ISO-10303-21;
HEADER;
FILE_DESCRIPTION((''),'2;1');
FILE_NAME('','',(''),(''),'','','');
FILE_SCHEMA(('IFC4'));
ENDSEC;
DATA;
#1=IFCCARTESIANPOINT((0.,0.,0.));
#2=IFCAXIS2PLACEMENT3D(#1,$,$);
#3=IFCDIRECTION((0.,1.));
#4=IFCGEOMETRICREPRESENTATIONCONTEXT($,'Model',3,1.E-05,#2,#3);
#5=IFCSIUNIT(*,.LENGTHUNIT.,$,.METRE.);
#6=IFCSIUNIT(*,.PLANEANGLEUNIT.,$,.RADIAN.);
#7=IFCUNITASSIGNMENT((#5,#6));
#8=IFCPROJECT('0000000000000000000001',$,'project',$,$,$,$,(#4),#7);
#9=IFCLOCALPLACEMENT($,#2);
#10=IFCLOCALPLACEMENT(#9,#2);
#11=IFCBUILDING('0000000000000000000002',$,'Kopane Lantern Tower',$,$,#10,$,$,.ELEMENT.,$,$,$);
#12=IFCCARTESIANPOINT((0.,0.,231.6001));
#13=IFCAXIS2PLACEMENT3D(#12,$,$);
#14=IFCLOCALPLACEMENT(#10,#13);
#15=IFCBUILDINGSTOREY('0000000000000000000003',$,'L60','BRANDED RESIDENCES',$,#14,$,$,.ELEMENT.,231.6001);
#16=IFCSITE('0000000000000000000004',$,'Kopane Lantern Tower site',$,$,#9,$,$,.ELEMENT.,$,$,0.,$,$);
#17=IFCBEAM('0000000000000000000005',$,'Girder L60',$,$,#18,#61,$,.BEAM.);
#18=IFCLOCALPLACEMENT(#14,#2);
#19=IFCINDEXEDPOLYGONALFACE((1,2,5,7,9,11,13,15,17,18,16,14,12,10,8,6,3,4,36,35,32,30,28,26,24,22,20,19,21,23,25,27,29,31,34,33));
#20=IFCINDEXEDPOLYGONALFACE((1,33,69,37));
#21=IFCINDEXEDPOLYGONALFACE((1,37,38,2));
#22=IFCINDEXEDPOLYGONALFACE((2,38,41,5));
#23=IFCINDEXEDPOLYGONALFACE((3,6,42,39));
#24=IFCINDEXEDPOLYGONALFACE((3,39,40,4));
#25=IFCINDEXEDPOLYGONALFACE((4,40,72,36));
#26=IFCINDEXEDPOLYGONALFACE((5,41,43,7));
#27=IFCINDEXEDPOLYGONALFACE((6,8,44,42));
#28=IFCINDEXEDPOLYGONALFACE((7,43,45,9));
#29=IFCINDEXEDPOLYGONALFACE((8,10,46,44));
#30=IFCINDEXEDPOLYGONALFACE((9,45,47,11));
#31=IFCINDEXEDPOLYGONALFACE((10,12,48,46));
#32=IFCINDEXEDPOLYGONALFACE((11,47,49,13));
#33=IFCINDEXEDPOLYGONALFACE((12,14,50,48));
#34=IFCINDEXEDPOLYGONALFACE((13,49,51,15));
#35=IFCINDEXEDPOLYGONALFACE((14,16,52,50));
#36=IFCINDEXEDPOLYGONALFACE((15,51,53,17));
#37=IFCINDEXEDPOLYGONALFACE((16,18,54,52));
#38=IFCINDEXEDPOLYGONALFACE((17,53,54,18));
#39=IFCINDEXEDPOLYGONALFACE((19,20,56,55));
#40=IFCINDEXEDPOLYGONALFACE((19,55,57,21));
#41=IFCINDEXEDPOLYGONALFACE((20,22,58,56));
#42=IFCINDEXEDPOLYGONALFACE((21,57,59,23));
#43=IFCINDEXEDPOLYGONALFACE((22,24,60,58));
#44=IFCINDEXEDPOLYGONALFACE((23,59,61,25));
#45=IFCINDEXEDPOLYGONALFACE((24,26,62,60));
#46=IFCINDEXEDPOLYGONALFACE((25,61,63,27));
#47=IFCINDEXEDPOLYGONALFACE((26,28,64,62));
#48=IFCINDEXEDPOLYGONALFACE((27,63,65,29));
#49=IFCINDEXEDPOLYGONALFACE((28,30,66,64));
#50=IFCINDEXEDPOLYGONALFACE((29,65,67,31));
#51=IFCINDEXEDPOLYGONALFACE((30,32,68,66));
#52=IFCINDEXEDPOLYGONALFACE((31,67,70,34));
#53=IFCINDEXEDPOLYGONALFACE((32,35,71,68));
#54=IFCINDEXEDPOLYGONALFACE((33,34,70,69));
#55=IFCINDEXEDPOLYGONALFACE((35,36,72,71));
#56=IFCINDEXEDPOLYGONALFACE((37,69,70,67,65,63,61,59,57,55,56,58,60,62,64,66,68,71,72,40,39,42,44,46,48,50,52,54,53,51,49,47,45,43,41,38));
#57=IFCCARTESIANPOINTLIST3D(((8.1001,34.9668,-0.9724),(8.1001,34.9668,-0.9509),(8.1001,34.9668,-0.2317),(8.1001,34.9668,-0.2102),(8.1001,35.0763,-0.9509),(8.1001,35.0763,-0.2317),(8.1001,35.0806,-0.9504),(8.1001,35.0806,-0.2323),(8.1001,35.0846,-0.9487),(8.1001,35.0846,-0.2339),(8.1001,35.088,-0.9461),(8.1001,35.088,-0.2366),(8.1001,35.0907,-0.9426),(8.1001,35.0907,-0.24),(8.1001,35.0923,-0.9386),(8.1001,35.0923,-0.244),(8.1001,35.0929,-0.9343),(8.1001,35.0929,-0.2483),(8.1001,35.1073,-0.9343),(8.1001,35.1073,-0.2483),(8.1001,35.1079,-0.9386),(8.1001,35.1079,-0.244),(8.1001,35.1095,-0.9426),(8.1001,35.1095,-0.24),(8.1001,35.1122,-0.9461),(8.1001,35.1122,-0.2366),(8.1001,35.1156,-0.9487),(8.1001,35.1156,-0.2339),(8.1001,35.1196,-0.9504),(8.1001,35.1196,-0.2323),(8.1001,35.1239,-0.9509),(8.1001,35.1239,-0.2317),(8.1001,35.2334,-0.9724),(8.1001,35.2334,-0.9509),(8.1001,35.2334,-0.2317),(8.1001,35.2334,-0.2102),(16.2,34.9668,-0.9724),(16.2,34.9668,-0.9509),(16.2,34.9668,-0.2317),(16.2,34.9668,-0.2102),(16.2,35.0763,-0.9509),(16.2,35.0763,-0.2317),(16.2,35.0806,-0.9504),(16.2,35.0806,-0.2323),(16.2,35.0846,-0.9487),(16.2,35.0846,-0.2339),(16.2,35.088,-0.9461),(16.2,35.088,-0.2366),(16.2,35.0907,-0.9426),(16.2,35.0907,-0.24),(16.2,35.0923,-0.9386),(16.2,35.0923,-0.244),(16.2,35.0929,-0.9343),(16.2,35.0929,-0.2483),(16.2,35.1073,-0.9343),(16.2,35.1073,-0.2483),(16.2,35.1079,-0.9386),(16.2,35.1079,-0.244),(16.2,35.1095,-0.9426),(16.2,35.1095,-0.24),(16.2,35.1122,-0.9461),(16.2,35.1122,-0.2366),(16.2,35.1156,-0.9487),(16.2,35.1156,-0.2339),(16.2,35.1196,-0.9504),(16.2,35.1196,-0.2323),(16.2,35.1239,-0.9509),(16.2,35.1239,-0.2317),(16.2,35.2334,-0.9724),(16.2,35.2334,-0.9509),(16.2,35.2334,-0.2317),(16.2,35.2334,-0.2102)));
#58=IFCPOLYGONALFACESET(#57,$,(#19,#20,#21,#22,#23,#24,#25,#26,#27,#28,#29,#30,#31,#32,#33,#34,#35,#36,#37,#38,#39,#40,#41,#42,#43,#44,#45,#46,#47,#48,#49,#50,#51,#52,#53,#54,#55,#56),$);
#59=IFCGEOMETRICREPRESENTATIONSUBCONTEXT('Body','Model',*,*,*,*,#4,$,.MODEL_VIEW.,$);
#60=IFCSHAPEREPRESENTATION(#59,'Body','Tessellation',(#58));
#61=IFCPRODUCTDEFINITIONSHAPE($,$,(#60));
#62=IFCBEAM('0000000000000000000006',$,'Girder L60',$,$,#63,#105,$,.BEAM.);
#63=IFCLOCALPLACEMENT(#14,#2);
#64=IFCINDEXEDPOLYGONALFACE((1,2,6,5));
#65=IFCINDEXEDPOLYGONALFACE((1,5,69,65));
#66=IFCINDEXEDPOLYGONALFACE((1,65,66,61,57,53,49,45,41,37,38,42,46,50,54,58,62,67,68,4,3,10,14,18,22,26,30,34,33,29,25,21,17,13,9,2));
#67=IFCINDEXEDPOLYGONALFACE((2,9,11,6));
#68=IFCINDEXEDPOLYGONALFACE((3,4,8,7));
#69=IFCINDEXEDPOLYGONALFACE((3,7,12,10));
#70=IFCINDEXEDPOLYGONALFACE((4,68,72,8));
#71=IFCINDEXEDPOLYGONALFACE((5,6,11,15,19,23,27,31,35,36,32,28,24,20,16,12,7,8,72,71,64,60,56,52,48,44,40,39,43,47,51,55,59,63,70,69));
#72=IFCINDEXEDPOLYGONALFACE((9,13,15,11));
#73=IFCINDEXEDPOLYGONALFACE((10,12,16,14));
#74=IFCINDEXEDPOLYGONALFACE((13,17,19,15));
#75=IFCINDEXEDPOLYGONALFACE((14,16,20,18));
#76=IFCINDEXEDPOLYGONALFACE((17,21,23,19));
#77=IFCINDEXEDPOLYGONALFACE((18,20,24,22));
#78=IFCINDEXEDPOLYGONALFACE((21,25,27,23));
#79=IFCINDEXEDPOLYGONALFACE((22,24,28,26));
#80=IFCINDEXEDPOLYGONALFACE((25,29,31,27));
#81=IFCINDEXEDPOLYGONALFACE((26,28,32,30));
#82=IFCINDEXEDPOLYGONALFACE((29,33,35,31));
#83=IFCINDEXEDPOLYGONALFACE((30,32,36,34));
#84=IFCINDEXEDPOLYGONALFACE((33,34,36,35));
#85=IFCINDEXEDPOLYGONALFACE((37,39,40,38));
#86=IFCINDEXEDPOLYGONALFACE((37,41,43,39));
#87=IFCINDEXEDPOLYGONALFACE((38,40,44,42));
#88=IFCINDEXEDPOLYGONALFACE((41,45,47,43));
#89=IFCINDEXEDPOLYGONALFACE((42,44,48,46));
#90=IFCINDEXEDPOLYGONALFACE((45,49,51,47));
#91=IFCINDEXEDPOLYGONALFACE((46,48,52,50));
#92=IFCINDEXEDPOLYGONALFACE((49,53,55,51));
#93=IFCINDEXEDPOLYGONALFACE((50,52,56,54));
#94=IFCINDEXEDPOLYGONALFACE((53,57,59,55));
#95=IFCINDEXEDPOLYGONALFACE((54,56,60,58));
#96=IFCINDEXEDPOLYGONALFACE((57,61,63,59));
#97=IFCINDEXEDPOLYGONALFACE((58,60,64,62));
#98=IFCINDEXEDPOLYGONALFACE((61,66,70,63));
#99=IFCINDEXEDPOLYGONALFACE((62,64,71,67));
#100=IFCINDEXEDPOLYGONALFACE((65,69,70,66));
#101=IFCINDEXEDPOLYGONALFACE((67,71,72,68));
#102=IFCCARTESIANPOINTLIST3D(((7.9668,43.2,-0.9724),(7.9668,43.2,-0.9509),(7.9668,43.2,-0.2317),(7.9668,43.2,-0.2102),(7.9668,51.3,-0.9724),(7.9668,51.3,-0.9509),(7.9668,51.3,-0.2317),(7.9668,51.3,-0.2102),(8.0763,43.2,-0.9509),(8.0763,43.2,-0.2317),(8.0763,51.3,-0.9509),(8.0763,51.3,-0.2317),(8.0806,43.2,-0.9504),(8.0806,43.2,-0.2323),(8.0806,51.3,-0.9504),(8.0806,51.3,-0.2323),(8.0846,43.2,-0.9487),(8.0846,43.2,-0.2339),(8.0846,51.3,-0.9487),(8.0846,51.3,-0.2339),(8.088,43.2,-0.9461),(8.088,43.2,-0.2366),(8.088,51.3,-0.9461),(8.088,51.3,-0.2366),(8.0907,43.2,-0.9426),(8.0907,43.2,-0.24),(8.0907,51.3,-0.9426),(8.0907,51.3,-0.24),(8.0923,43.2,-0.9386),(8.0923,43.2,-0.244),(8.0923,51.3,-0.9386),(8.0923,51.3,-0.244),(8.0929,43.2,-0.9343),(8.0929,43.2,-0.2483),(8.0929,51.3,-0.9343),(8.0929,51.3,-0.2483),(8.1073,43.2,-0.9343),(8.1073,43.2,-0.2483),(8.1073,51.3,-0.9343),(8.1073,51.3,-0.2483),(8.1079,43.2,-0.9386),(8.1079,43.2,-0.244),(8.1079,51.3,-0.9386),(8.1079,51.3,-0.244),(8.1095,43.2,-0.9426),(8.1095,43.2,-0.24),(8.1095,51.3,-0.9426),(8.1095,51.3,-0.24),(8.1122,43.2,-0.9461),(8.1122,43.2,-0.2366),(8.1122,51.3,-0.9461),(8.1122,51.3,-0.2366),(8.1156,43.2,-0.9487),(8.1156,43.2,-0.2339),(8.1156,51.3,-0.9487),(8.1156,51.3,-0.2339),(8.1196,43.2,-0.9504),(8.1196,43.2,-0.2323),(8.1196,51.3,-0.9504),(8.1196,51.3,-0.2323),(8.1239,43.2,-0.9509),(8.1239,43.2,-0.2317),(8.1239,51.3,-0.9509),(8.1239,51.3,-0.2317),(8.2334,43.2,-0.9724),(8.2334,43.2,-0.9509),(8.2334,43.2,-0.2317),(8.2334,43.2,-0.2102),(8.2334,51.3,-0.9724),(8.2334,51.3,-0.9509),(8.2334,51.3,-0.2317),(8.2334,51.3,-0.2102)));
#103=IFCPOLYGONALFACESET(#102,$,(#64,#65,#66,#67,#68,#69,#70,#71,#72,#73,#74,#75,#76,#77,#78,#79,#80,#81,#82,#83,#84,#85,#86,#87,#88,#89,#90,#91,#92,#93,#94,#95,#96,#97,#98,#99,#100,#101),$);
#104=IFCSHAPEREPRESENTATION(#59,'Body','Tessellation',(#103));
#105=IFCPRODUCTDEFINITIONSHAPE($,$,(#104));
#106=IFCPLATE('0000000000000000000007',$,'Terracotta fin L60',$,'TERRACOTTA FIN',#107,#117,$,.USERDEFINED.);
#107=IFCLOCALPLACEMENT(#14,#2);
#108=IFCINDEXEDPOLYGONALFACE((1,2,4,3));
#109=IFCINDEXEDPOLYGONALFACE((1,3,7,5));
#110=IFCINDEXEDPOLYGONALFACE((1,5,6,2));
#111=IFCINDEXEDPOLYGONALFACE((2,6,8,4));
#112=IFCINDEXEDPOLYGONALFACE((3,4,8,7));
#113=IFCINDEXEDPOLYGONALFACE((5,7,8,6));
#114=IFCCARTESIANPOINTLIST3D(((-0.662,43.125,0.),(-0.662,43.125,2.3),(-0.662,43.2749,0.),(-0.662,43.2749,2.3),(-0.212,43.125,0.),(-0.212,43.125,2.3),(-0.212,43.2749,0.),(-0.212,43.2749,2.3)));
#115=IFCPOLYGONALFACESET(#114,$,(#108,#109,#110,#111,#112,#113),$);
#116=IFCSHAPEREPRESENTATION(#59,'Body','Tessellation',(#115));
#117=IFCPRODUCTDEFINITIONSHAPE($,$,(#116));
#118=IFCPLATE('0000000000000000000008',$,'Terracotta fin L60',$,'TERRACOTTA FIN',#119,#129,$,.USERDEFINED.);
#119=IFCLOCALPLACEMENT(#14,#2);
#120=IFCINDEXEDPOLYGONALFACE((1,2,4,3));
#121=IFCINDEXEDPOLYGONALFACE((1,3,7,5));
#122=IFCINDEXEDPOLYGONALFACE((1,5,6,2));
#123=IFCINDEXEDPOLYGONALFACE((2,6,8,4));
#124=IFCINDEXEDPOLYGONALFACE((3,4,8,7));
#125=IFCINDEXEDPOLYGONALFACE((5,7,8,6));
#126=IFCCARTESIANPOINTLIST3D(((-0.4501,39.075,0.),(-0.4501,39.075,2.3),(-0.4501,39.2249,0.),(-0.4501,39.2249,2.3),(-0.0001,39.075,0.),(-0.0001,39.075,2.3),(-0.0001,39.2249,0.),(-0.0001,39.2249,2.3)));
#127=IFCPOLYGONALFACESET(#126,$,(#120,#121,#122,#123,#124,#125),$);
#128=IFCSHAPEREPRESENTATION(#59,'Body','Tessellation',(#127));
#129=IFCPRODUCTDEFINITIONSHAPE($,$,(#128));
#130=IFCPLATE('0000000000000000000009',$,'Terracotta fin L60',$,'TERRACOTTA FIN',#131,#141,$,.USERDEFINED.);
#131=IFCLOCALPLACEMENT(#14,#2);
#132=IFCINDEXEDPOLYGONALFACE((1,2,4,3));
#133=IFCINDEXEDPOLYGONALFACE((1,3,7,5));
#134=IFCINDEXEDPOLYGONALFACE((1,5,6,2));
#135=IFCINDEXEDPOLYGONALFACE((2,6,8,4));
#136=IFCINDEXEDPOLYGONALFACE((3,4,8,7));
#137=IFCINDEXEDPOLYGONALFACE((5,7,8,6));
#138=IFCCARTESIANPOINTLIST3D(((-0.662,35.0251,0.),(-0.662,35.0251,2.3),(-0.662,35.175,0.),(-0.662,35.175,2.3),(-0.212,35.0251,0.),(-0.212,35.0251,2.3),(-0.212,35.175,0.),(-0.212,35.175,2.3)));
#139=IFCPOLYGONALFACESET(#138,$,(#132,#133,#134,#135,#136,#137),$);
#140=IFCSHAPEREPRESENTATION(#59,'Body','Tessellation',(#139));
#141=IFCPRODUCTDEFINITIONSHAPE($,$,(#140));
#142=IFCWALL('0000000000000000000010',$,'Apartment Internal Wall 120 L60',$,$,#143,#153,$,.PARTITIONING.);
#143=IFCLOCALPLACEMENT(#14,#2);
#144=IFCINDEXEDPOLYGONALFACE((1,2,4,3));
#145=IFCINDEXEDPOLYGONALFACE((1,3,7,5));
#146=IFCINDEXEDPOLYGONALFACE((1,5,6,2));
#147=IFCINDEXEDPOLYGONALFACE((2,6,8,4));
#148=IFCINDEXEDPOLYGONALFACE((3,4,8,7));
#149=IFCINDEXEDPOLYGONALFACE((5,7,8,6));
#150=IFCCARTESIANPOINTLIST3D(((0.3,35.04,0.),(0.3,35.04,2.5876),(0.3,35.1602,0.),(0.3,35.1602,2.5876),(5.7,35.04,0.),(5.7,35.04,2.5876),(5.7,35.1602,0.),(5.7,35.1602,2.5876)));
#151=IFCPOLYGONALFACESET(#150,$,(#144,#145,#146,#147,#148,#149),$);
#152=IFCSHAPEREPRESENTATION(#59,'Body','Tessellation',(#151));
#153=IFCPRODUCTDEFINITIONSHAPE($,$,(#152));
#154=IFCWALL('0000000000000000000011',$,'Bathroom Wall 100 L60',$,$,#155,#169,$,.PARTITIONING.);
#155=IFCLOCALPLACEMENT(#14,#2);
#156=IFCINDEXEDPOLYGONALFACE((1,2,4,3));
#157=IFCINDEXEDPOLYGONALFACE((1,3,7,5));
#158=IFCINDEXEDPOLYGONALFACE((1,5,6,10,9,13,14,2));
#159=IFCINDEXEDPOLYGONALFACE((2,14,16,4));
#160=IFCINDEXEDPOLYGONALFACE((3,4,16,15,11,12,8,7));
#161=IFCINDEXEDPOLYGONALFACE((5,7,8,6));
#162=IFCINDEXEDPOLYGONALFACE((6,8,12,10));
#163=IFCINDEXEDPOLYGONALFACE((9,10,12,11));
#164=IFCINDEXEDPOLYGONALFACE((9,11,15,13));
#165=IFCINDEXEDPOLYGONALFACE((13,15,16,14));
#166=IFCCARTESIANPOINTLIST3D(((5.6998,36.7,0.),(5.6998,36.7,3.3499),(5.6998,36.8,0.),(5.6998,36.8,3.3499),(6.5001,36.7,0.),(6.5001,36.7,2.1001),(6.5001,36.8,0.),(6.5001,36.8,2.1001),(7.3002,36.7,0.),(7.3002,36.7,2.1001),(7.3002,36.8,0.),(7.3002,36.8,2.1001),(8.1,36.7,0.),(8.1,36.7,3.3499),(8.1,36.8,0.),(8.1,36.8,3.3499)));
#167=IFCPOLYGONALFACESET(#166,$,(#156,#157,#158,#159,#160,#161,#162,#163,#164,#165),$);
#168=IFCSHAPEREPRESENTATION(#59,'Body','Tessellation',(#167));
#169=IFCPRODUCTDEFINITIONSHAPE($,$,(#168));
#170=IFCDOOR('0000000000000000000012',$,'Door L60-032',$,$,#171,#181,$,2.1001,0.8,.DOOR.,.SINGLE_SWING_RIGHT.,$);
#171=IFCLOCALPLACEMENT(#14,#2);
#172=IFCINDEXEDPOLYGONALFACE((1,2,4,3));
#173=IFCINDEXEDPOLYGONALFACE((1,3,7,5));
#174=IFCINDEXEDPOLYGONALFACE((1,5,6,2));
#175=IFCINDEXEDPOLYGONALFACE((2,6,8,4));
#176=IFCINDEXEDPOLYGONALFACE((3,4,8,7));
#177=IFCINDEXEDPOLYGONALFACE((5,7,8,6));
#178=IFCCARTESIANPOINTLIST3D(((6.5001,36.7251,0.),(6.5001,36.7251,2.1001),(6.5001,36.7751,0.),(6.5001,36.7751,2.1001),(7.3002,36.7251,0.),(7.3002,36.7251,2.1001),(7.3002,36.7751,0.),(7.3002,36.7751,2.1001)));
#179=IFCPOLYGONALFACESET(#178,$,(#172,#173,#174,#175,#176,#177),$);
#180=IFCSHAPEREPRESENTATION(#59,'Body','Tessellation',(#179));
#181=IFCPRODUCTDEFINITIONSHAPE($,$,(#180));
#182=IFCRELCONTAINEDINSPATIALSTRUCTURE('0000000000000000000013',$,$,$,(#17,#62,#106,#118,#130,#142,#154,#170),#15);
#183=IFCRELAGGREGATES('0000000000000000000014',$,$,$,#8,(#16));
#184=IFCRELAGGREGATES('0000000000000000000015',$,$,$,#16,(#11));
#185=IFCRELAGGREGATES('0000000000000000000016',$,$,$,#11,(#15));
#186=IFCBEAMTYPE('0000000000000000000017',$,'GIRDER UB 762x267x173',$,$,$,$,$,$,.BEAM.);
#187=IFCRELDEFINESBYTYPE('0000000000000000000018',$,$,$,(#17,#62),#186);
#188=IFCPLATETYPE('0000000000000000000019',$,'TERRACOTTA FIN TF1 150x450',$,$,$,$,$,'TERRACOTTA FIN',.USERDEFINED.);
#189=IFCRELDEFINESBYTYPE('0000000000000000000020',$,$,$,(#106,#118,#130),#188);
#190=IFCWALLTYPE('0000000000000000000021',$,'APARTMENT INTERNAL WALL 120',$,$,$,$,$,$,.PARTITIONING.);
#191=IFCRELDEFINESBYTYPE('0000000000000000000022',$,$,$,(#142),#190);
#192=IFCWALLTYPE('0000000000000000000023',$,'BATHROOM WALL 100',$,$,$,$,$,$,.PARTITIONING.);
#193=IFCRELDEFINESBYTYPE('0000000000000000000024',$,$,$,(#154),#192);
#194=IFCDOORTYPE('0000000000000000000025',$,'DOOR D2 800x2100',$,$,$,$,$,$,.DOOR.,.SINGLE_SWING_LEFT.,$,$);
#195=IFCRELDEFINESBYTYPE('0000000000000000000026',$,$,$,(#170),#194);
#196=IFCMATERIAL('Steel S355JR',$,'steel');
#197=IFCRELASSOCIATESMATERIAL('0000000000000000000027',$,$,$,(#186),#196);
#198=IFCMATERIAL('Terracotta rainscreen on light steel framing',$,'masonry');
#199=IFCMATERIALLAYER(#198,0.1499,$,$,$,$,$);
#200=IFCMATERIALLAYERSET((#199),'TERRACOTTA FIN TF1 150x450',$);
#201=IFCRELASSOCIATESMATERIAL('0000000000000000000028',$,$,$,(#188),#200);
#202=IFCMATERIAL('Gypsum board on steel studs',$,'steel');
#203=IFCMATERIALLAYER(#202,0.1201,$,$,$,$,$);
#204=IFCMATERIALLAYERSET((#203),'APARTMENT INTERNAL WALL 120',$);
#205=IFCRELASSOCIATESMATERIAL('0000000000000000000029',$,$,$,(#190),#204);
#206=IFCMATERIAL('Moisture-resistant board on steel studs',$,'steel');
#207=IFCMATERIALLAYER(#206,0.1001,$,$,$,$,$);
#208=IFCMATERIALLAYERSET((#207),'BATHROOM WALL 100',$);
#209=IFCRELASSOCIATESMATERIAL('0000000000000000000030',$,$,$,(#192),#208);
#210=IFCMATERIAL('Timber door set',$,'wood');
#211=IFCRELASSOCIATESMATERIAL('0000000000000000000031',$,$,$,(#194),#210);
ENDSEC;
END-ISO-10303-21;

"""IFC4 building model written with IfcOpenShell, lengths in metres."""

from ifc_helpers import new_model, si_unit, direction, frame, frame_2d, origin, origin_2d, place, context, subcontext, project, spatial, rectangle, i_section, extrude, material, layer, layer_set, material_profile, profile_set, type_object, element, fill, save


model = new_model("IFC4")

# Units and contexts
model_context = context("Model", 3, precision=1e-05, world=origin(), true_north=direction((0.0, 1.0)))
body_context = subcontext(model_context, "Body", "Model", "MODEL_VIEW")
ifc_project = project(units=[si_unit("LENGTHUNIT", "METRE"), si_unit("PLANEANGLEUNIT", "RADIAN")], contexts=[model_context])

# Site, building, storey
site_placement = place(None, origin())
site = spatial("IfcSite", under=ifc_project, at=site_placement, Name="Kopane Lantern Tower site", CompositionType="ELEMENT", RefElevation=0.0)
building_placement = place(site_placement, origin())
building = spatial("IfcBuilding", under=site, at=building_placement, Name="Kopane Lantern Tower", CompositionType="ELEMENT")
storey_placement = place(building_placement, frame((0.0, 0.0, 231.6001)))
storey = spatial("IfcBuildingStorey", under=building, at=storey_placement, Name="L60", Description="BRANDED RESIDENCES", CompositionType="ELEMENT", Elevation=231.6001)

# Beams
ifc_material_1 = material(Name="Steel S355JR", Category="steel")
ifc_material_profile_1 = material_profile(ifc_material_1, i_section(OverallWidth=0.2666, OverallDepth=0.7622, WebThickness=0.0144, FlangeThickness=0.0215, FilletRadius=0.0166, at=origin_2d()), Name="UB 762x267x173")
ifc_profile_set_1 = profile_set([ifc_material_profile_1], Name="Steel S355JR")
beam_type = type_object("IfcBeamType", Name="GIRDER UB 762x267x173", PredefinedType="BEAM", material=ifc_profile_set_1)
for number, where, z_axis, x_axis, name in (
    (1, (8.1001, 35.1001, -0.5913), (1.0, 0.0, 0.0), (0.0, 1.0, 0.0), "Girder L60"),
):
    element("IfcBeam", number, at=place(storey_placement, frame(where, z_axis=z_axis, x_axis=x_axis)), inside=storey, type_object=beam_type, Name=name, PredefinedType="BEAM", context=body_context, shape_type="SweptSolid", body=[
        extrude(i_section(OverallWidth=0.2666, OverallDepth=0.7622, WebThickness=0.0144, FlangeThickness=0.0215, FilletRadius=0.0166, at=origin_2d()), origin(), (0.0, 0.0, 1.0), 8.0999),
    ])
beam_1_placement = place(storey_placement, frame((8.1001, 43.2, -0.5913), z_axis=(0.0, 1.0, 0.0), x_axis=(-1.0, 0.0, 0.0)))
element("IfcBeam", 2, at=beam_1_placement, inside=storey, type_object=beam_type, Name="Girder L60", PredefinedType="BEAM", context=body_context, shape_type="SweptSolid", body=[
    extrude(i_section(OverallWidth=0.2666, OverallDepth=0.7622, WebThickness=0.0144, FlangeThickness=0.0215, FilletRadius=0.0166, at=origin_2d()), origin(), (0.0, 0.0, 1.0), 8.1001),
])

# Plates
ifc_material_2 = material(Name="Terracotta rainscreen on light steel framing", Category="masonry")
ifc_layer_1 = layer(ifc_material_2, 0.1499)
ifc_layer_set_1 = layer_set([ifc_layer_1], Name="TERRACOTTA FIN TF1 150x450")
plate_type = type_object("IfcPlateType", Name="TERRACOTTA FIN TF1 150x450", ElementType="TERRACOTTA FIN", PredefinedType="USERDEFINED", material=ifc_layer_set_1)
for number, where, z_axis, x_axis, name in (
    (3, (-0.437, 43.2, 0.0), (0.0, 0.0, 1.0), (0.0, -1.0, 0.0), "Terracotta fin L60"),
    (4, (-0.2251, 39.1499, 0.0), (0.0, 0.0, 1.0), (0.0, -1.0, 0.0), "Terracotta fin L60"),
    (5, (-0.437, 35.1001, 0.0), (0.0, 0.0, 1.0), (0.0, -1.0, 0.0), "Terracotta fin L60"),
):
    element("IfcPlate", number, at=place(storey_placement, frame(where, z_axis=z_axis, x_axis=x_axis)), inside=storey, type_object=plate_type, Name=name, ObjectType="TERRACOTTA FIN", PredefinedType="USERDEFINED", context=body_context, shape_type="SweptSolid", body=[
        extrude(rectangle(XDim=0.1499, YDim=0.45, at=origin_2d()), origin(), (0.0, 0.0, 1.0), 2.3),
    ])

# Wall
ifc_material_3 = material(Name="Gypsum board on steel studs", Category="steel")
ifc_layer_2 = layer(ifc_material_3, 0.1201)
ifc_layer_set_2 = layer_set([ifc_layer_2], Name="APARTMENT INTERNAL WALL 120")
wall_type_1 = type_object("IfcWallType", Name="APARTMENT INTERNAL WALL 120", PredefinedType="PARTITIONING", material=ifc_layer_set_2)
wall_1_placement = place(storey_placement, frame((5.7, 35.1001, 0.0), z_axis=(0.0, 0.0, 1.0), x_axis=(-1.0, 0.0, 0.0)))
element("IfcWall", 6, at=wall_1_placement, inside=storey, type_object=wall_type_1, Name="Apartment Internal Wall 120 L60", PredefinedType="PARTITIONING", context=body_context, shape_type="SweptSolid", body=[
    extrude(rectangle(XDim=5.3999, YDim=0.1201, at=frame_2d((2.7, 0.0))), origin(), (0.0, 0.0, 1.0), 2.5876),
])

# Wall, opening, door
ifc_material_4 = material(Name="Moisture-resistant board on steel studs", Category="steel")
ifc_layer_3 = layer(ifc_material_4, 0.1001)
ifc_layer_set_3 = layer_set([ifc_layer_3], Name="BATHROOM WALL 100")
wall_type_2 = type_object("IfcWallType", Name="BATHROOM WALL 100", PredefinedType="PARTITIONING", material=ifc_layer_set_3)
wall_2_placement = place(storey_placement, frame((8.1001, 36.75, 0.0), z_axis=(0.0, 0.0, 1.0), x_axis=(-1.0, 0.0, 0.0)))
wall_2 = element("IfcWall", 7, at=wall_2_placement, inside=storey, type_object=wall_type_2, Name="Bathroom Wall 100 L60", PredefinedType="PARTITIONING", context=body_context, shape_type="SweptSolid", body=[
    extrude(rectangle(XDim=2.4001, YDim=0.1001, at=frame_2d((1.2002, 0.0))), origin(), (0.0, 0.0, 1.0), 3.3499),
])
opening_1_placement = place(wall_2_placement, frame((0.8, 0.0, 0.0)))
opening_1 = element("IfcOpeningElement", 8, at=opening_1_placement, cuts=wall_2, PredefinedType="OPENING", context=body_context, shape_type="SweptSolid", body=[
    extrude(rectangle(XDim=0.8, YDim=2.1001, at=frame_2d((0.3999, 1.05))), frame((0.0, 0.0601, 0.0), z_axis=(0.0, -1.0, 0.0), x_axis=(1.0, 0.0, 0.0)), (0.0, 0.0, 1.0), 0.1201),
])
ifc_material_5 = material(Name="Timber door set", Category="wood")
door_type = type_object("IfcDoorType", Name="DOOR D2 800x2100", OperationType="SINGLE_SWING_LEFT", PredefinedType="DOOR", material=ifc_material_5)
door_1_placement = place(opening_1_placement, origin())
door_1 = element("IfcDoor", 9, at=door_1_placement, inside=storey, type_object=door_type, Name="Door L60-032", OperationType="SINGLE_SWING_RIGHT", OverallHeight=2.1001, OverallWidth=0.8, PredefinedType="DOOR", context=body_context, shape_type="SweptSolid", body=[
    extrude(rectangle(XDim=0.8, YDim=2.1001, at=frame_2d((0.3999, 1.05))), frame((0.0, 0.0249, 0.0), z_axis=(0.0, -1.0, 0.0), x_axis=(1.0, 0.0, 0.0)), (0.0, 0.0, 1.0), 0.05),
])
fill(opening_1, door_1)

save(model, "model.ifc")
